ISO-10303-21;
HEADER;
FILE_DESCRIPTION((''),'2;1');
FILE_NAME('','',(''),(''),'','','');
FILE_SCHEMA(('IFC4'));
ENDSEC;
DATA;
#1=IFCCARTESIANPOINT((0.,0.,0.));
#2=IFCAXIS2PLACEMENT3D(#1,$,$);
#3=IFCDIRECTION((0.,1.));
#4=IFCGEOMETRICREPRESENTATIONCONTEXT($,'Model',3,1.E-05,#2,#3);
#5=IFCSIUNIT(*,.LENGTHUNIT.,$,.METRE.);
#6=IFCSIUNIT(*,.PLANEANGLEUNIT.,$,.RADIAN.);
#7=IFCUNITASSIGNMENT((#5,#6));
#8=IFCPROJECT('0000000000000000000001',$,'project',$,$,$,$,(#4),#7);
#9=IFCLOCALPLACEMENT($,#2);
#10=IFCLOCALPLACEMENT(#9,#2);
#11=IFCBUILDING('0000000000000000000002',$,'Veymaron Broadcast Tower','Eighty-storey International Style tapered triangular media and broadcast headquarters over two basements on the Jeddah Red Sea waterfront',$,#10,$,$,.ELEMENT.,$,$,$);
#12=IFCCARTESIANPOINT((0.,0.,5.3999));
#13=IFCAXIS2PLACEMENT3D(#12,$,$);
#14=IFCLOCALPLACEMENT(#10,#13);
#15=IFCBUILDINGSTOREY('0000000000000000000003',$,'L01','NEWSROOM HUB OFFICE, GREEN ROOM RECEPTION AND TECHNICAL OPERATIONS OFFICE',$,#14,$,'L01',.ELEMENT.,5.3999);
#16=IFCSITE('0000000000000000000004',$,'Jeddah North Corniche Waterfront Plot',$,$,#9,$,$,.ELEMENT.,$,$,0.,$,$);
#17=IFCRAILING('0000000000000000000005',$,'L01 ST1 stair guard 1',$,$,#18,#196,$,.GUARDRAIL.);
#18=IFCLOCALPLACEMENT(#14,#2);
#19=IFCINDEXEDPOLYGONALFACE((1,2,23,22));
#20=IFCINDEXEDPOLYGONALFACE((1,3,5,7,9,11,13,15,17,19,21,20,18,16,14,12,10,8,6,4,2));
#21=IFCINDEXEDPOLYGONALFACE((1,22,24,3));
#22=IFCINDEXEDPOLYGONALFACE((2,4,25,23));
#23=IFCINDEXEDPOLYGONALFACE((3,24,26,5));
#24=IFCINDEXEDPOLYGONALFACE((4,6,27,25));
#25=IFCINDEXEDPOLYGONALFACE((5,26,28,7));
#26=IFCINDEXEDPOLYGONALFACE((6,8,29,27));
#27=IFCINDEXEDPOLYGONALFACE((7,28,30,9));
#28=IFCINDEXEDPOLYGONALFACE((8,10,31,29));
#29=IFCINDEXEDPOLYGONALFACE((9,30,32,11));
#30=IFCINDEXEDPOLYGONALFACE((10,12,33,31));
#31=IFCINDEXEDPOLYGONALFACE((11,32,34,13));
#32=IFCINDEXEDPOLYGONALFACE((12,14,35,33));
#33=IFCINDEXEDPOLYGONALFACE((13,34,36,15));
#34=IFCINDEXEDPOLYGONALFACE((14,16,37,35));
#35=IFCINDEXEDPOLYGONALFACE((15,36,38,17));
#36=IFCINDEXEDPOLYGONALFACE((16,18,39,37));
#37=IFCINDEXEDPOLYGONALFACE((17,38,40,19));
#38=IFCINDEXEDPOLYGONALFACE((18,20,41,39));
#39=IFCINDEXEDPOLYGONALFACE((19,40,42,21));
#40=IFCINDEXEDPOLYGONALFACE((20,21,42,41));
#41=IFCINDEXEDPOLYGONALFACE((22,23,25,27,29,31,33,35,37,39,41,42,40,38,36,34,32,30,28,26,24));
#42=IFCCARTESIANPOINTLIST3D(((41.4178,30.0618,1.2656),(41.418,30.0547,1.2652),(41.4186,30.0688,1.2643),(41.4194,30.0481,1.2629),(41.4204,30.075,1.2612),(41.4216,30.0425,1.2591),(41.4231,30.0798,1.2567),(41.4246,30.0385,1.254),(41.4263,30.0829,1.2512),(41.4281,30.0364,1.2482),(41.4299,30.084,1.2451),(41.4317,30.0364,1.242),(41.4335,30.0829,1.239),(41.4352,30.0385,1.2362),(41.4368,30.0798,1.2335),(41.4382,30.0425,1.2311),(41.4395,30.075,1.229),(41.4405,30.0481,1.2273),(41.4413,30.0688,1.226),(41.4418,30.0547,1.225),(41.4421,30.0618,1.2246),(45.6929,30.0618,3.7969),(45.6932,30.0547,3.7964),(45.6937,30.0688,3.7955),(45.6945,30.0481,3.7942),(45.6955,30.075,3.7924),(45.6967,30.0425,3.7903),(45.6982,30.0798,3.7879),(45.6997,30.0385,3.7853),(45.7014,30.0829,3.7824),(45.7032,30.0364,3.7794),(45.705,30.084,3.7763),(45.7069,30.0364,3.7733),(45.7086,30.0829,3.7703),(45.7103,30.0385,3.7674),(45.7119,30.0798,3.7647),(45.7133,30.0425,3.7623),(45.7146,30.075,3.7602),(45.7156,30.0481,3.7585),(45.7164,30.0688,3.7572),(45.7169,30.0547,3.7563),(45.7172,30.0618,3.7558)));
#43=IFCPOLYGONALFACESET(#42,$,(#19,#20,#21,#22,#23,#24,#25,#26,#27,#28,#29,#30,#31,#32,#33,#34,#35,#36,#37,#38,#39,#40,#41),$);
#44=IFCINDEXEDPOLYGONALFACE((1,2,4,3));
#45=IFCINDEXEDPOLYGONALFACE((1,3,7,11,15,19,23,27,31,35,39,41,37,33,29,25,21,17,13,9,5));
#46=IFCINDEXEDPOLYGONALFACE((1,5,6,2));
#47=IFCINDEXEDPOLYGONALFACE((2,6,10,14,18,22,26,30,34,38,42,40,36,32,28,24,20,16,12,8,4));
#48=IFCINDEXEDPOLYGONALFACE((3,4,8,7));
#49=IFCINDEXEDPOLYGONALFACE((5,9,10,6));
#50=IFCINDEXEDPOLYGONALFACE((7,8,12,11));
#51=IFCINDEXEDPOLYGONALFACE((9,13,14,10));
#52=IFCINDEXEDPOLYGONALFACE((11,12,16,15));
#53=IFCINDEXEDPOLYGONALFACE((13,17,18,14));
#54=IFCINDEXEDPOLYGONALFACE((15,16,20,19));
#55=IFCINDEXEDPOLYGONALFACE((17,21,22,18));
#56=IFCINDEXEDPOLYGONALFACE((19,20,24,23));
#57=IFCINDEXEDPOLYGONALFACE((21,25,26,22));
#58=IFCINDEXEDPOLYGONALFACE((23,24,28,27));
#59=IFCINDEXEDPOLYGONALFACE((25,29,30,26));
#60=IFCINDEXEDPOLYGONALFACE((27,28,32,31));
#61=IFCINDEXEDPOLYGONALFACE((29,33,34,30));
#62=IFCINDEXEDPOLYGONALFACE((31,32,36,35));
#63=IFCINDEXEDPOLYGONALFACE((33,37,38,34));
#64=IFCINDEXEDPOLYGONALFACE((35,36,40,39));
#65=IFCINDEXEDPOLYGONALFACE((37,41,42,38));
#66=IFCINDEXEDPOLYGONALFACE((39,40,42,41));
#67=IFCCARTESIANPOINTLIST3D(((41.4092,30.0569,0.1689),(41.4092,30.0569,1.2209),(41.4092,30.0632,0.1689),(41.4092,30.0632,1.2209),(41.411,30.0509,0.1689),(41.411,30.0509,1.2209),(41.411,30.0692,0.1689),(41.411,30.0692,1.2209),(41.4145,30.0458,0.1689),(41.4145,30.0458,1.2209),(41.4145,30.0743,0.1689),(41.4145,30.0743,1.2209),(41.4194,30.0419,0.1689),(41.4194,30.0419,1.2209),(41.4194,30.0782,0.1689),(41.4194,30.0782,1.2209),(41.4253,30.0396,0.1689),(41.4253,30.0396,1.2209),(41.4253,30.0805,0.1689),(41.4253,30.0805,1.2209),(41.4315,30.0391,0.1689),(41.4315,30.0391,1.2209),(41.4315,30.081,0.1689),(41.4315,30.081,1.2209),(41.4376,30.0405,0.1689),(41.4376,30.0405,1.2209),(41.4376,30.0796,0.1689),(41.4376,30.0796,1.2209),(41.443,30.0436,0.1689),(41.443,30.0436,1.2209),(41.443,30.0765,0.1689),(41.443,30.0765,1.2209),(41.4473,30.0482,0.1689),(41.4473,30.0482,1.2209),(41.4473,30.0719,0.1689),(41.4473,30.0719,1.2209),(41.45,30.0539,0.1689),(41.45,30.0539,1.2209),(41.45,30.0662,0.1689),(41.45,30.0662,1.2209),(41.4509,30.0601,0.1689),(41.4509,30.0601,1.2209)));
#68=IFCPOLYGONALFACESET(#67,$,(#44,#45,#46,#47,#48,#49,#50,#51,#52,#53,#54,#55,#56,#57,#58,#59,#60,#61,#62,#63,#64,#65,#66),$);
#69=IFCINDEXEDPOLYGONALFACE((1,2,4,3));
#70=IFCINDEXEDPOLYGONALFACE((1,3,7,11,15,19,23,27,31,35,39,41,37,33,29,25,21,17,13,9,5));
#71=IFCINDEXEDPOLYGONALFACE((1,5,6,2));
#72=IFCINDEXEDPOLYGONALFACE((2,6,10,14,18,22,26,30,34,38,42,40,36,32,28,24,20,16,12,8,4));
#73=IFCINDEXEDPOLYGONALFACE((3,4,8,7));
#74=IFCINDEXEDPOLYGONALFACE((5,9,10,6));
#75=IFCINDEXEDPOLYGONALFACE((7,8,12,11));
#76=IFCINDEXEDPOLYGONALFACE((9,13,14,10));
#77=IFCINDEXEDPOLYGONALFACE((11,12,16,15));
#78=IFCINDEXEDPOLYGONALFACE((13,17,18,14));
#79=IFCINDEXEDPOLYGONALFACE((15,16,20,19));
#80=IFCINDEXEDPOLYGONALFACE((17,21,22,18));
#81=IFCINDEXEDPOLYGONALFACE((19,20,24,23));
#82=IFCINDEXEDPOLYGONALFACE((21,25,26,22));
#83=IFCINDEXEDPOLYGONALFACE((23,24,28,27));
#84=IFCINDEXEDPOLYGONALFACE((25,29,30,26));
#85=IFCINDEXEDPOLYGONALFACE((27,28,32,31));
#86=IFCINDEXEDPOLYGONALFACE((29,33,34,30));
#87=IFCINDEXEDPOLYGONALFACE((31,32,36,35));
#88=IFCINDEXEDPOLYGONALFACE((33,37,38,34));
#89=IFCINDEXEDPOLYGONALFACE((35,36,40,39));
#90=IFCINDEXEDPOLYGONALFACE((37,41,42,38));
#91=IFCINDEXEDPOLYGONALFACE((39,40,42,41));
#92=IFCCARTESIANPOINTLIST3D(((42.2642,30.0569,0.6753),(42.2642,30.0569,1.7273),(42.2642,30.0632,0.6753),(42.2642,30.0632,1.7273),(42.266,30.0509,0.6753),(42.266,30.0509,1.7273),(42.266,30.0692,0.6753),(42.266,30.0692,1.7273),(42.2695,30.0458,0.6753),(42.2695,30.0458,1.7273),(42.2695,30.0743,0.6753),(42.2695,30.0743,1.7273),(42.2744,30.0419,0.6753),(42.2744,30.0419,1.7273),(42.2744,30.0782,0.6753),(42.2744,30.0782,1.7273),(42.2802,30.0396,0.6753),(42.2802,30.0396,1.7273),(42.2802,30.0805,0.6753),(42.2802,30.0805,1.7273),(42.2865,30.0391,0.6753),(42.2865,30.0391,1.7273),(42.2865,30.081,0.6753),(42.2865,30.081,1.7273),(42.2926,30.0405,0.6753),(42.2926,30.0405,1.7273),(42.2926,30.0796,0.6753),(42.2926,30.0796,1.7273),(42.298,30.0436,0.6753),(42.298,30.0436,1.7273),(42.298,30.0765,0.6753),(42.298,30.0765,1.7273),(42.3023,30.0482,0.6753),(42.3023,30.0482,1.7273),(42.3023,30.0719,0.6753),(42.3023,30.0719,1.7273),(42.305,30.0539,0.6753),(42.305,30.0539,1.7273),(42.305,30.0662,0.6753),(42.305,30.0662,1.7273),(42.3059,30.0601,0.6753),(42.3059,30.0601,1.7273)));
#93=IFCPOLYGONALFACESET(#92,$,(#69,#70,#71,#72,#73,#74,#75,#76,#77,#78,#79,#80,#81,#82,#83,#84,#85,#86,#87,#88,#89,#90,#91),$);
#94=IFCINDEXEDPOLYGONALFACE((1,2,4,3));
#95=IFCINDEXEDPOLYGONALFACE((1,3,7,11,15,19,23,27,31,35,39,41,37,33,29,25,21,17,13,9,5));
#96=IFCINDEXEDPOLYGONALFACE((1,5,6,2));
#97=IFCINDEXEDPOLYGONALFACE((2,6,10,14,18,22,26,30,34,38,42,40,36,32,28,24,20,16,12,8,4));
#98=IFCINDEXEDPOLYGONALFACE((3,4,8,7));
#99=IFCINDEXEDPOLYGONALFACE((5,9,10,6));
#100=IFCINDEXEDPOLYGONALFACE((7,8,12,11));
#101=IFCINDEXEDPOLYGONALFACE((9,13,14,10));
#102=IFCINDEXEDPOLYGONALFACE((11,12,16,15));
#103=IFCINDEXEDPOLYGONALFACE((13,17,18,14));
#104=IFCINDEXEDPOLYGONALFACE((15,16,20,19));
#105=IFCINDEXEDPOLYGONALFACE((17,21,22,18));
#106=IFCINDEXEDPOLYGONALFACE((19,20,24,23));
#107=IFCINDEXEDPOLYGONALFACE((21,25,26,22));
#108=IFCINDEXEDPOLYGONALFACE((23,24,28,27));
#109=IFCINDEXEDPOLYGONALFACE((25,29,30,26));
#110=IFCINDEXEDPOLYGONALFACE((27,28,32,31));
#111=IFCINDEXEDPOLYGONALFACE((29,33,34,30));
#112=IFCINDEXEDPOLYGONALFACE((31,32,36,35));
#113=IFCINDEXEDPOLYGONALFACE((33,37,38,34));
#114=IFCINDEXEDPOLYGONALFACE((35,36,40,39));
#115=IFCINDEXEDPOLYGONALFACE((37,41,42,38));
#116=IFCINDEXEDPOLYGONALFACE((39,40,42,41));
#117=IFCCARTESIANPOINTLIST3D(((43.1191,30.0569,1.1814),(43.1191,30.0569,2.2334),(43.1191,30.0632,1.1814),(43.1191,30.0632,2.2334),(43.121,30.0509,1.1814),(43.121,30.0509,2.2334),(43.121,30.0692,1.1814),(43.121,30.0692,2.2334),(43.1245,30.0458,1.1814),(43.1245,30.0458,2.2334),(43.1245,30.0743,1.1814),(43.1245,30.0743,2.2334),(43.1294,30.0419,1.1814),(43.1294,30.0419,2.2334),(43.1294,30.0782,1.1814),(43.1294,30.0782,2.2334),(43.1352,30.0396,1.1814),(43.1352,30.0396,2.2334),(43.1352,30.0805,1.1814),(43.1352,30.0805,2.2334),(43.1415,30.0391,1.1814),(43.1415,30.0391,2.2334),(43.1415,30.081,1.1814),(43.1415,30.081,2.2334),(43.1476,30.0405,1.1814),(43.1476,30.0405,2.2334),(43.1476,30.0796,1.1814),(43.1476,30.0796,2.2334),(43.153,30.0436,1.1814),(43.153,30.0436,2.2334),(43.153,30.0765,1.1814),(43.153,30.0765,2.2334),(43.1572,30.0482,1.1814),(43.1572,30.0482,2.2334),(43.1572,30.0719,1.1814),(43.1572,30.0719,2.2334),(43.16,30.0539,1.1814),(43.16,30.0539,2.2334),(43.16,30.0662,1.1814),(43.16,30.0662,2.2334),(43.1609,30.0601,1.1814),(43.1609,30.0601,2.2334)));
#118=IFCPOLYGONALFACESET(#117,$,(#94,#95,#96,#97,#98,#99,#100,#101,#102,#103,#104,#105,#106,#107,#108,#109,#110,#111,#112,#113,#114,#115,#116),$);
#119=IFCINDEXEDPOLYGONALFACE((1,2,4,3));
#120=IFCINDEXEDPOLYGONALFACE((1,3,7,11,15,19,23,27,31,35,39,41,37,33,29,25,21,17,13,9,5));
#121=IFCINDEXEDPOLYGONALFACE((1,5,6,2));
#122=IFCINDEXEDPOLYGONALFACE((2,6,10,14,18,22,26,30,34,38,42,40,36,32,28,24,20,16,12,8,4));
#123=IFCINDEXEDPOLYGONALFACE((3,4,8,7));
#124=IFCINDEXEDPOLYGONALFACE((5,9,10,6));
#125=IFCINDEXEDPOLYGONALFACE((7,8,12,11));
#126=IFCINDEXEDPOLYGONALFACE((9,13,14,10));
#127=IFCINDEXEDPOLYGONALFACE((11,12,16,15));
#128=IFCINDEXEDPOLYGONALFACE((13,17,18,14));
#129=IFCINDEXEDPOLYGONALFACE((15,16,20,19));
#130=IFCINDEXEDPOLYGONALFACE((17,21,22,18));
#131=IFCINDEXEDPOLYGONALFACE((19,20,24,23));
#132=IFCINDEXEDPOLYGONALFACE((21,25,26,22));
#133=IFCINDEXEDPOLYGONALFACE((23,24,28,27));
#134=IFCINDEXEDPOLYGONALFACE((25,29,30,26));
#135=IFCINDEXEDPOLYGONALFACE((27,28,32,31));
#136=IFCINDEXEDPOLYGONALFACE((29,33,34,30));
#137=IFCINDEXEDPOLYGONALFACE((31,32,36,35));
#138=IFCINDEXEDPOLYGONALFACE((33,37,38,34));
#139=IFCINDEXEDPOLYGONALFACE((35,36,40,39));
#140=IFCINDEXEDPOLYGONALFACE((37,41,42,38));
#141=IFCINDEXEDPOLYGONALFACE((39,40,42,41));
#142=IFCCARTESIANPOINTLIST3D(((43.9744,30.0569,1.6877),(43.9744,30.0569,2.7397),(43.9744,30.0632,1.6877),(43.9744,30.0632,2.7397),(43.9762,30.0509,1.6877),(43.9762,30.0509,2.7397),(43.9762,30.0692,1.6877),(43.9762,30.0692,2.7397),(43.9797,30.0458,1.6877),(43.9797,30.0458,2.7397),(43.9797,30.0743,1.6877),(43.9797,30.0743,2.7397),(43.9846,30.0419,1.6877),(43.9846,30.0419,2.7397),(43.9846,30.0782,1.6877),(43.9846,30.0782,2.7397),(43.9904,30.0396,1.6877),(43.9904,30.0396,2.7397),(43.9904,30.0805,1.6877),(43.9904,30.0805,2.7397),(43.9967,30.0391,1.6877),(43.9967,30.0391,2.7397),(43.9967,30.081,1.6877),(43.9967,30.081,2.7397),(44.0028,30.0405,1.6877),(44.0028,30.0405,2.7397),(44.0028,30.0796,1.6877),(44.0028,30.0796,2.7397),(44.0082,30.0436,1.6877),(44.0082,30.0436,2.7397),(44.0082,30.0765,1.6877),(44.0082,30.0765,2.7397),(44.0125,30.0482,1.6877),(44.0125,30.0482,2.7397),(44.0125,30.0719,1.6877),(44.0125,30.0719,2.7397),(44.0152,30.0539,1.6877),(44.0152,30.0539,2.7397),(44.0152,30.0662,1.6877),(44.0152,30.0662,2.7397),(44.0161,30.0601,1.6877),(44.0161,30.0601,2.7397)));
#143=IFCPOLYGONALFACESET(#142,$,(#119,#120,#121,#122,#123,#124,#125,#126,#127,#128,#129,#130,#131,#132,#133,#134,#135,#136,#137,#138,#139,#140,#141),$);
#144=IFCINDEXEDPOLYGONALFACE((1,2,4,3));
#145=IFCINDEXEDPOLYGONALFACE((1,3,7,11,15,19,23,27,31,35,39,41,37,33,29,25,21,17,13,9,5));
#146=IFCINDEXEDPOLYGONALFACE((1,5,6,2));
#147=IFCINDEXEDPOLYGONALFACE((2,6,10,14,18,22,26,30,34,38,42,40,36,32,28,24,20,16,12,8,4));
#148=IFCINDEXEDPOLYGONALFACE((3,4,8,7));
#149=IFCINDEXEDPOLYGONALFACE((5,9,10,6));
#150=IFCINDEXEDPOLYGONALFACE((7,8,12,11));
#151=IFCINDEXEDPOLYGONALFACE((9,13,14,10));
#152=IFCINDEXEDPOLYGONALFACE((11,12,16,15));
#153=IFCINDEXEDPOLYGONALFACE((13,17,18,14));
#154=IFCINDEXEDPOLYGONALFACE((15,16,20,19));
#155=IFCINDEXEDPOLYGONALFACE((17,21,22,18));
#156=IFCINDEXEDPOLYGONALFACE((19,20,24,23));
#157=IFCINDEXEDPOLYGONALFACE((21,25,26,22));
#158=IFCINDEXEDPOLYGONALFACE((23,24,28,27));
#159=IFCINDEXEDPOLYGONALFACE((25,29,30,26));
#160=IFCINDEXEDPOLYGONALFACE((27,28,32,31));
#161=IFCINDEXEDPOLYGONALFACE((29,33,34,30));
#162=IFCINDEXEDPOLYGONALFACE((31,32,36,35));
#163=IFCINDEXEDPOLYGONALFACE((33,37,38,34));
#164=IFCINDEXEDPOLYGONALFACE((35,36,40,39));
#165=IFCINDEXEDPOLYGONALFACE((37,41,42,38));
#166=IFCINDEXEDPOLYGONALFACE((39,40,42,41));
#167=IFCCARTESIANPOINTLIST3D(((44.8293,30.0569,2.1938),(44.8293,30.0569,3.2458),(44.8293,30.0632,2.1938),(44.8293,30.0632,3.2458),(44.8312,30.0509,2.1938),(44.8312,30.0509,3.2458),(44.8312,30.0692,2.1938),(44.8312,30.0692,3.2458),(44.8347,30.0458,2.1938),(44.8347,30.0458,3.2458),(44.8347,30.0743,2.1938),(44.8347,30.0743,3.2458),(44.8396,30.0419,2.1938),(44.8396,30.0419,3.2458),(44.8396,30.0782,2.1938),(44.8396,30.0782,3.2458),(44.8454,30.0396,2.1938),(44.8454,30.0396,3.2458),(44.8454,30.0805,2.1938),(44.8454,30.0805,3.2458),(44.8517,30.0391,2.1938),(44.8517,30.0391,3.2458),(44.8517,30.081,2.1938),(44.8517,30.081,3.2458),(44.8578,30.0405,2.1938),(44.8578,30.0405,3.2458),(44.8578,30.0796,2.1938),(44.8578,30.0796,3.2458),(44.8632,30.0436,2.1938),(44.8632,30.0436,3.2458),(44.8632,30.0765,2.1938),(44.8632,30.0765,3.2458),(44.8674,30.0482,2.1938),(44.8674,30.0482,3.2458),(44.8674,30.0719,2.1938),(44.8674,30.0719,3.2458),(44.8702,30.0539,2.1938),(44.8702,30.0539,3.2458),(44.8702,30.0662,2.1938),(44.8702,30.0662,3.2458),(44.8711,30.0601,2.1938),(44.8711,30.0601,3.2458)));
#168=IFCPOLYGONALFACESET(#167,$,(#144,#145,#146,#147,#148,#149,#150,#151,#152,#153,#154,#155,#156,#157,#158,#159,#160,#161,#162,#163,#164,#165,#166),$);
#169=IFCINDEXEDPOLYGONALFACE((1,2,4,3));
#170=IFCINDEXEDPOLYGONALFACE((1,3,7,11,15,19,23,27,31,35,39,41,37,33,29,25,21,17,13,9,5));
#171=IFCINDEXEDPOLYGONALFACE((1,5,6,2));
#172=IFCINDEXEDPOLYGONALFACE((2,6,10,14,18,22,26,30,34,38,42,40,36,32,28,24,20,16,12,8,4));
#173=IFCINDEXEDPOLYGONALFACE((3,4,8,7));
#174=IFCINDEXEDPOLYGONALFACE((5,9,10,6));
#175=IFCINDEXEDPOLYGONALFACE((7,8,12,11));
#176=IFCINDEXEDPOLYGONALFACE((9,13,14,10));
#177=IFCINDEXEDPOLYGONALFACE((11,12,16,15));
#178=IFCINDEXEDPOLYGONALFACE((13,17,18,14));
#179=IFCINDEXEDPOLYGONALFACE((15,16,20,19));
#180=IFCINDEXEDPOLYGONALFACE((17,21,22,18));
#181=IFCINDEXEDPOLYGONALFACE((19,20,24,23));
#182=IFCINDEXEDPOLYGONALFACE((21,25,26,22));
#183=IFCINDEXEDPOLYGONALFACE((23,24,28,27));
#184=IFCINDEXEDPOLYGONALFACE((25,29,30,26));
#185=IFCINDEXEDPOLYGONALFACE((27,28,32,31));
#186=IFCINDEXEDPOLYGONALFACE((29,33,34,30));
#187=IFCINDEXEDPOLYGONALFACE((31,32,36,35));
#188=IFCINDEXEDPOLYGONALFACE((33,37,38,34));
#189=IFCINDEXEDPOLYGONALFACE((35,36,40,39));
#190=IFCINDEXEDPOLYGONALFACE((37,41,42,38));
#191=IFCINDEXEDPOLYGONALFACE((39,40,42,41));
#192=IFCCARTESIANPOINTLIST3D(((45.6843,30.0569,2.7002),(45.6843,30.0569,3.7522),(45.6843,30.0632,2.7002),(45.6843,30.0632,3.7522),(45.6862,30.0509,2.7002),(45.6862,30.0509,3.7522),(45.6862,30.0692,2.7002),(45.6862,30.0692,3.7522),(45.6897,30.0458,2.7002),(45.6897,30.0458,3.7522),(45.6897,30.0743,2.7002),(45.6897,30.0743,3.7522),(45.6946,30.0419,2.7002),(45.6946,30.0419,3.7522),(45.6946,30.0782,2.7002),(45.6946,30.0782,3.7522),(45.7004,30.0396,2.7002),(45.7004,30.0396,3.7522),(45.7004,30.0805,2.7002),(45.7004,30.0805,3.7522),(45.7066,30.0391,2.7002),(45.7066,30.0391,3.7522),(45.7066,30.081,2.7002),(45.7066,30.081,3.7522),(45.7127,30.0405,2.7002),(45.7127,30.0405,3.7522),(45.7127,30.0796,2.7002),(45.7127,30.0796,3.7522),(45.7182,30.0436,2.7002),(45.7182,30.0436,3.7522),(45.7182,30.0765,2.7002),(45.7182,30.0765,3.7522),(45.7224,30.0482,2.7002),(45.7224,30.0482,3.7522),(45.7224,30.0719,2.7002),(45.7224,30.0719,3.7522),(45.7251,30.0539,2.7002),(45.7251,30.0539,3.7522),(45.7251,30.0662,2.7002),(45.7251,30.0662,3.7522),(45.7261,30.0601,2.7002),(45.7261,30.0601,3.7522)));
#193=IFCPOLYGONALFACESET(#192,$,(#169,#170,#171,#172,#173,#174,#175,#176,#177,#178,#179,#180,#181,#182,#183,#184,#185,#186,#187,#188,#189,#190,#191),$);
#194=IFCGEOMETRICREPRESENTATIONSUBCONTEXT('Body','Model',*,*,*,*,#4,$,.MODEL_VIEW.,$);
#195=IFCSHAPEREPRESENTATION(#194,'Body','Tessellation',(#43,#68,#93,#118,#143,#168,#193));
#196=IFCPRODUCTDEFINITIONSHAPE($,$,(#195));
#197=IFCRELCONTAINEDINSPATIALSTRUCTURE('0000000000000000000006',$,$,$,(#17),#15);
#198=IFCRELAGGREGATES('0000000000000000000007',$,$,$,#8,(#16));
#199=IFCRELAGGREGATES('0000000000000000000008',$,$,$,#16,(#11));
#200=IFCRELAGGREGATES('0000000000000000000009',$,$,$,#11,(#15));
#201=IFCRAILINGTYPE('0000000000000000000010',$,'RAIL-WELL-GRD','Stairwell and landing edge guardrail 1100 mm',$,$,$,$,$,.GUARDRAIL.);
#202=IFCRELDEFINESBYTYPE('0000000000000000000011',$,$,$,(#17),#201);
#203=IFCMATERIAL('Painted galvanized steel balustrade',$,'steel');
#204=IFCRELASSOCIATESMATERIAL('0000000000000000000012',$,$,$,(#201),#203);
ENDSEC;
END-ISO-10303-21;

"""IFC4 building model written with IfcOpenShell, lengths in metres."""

from ifc_helpers import new_model, si_unit, direction, frame, origin, origin_2d, place, context, subcontext, project, spatial, circle, extrude, material, type_object, element, save


model = new_model("IFC4")

# Units and contexts
model_context = context("Model", 3, precision=1e-05, world=origin(), true_north=direction((0.0, 1.0)))
body_context = subcontext(model_context, "Body", "Model", "MODEL_VIEW")
ifc_project = project(units=[si_unit("LENGTHUNIT", "METRE"), si_unit("PLANEANGLEUNIT", "RADIAN")], contexts=[model_context])

# Site, building, storey
site_placement = place(None, origin())
site = spatial("IfcSite", under=ifc_project, at=site_placement, Name="Jeddah North Corniche Waterfront Plot", CompositionType="ELEMENT", RefElevation=0.0)
building_placement = place(site_placement, origin())
building = spatial("IfcBuilding", under=site, at=building_placement, Name="Veymaron Broadcast Tower", Description="Eighty-storey International Style tapered triangular media and broadcast headquarters over two basements on the Jeddah Red Sea waterfront", CompositionType="ELEMENT")
storey_placement = place(building_placement, frame((0.0, 0.0, 5.3999)))
storey = spatial("IfcBuildingStorey", under=building, at=storey_placement, Name="L01", Description="NEWSROOM HUB OFFICE, GREEN ROOM RECEPTION AND TECHNICAL OPERATIONS OFFICE", LongName="L01", CompositionType="ELEMENT", Elevation=5.3999)

# Railing
ifc_material_1 = material(Name="Painted galvanized steel balustrade", Category="steel")
railing_type_1 = type_object("IfcRailingType", Name="RAIL-WELL-GRD", Description="Stairwell and landing edge guardrail 1100 mm", PredefinedType="GUARDRAIL", material=ifc_material_1)
railing_1_placement = place(storey_placement, frame((41.4299, 30.0601, 0.1689)))
element("IfcRailing", 1, at=railing_1_placement, inside=storey, type_object=railing_type_1, Name="L01 ST1 stair guard 1", PredefinedType="GUARDRAIL", context=body_context, shape_type="SweptSolid", body=[
    extrude(circle(Radius=0.0239, at=origin_2d()), frame((0.0, 0.0, 1.0762), z_axis=(0.860483, 0.0, 0.509479), x_axis=(0.0, 1.0, 0.0)), (0.0, 0.0, 1.0), 4.9683),
    extrude(circle(Radius=0.021, at=origin_2d()), origin(), (0.0, 0.0, 1.0), 1.052),
    extrude(circle(Radius=0.021, at=origin_2d()), frame((0.855, 0.0, 0.5063)), (0.0, 0.0, 1.0), 1.052),
    extrude(circle(Radius=0.021, at=origin_2d()), frame((1.71, 0.0, 1.0125)), (0.0, 0.0, 1.0), 1.052),
    extrude(circle(Radius=0.021, at=origin_2d()), frame((2.5652, 0.0, 1.5188)), (0.0, 0.0, 1.0), 1.052),
    extrude(circle(Radius=0.021, at=origin_2d()), frame((3.4202, 0.0, 2.0249)), (0.0, 0.0, 1.0), 1.052),
    extrude(circle(Radius=0.021, at=origin_2d()), frame((4.2751, 0.0, 2.5312)), (0.0, 0.0, 1.0), 1.052),
])

save(model, "model.ifc")
